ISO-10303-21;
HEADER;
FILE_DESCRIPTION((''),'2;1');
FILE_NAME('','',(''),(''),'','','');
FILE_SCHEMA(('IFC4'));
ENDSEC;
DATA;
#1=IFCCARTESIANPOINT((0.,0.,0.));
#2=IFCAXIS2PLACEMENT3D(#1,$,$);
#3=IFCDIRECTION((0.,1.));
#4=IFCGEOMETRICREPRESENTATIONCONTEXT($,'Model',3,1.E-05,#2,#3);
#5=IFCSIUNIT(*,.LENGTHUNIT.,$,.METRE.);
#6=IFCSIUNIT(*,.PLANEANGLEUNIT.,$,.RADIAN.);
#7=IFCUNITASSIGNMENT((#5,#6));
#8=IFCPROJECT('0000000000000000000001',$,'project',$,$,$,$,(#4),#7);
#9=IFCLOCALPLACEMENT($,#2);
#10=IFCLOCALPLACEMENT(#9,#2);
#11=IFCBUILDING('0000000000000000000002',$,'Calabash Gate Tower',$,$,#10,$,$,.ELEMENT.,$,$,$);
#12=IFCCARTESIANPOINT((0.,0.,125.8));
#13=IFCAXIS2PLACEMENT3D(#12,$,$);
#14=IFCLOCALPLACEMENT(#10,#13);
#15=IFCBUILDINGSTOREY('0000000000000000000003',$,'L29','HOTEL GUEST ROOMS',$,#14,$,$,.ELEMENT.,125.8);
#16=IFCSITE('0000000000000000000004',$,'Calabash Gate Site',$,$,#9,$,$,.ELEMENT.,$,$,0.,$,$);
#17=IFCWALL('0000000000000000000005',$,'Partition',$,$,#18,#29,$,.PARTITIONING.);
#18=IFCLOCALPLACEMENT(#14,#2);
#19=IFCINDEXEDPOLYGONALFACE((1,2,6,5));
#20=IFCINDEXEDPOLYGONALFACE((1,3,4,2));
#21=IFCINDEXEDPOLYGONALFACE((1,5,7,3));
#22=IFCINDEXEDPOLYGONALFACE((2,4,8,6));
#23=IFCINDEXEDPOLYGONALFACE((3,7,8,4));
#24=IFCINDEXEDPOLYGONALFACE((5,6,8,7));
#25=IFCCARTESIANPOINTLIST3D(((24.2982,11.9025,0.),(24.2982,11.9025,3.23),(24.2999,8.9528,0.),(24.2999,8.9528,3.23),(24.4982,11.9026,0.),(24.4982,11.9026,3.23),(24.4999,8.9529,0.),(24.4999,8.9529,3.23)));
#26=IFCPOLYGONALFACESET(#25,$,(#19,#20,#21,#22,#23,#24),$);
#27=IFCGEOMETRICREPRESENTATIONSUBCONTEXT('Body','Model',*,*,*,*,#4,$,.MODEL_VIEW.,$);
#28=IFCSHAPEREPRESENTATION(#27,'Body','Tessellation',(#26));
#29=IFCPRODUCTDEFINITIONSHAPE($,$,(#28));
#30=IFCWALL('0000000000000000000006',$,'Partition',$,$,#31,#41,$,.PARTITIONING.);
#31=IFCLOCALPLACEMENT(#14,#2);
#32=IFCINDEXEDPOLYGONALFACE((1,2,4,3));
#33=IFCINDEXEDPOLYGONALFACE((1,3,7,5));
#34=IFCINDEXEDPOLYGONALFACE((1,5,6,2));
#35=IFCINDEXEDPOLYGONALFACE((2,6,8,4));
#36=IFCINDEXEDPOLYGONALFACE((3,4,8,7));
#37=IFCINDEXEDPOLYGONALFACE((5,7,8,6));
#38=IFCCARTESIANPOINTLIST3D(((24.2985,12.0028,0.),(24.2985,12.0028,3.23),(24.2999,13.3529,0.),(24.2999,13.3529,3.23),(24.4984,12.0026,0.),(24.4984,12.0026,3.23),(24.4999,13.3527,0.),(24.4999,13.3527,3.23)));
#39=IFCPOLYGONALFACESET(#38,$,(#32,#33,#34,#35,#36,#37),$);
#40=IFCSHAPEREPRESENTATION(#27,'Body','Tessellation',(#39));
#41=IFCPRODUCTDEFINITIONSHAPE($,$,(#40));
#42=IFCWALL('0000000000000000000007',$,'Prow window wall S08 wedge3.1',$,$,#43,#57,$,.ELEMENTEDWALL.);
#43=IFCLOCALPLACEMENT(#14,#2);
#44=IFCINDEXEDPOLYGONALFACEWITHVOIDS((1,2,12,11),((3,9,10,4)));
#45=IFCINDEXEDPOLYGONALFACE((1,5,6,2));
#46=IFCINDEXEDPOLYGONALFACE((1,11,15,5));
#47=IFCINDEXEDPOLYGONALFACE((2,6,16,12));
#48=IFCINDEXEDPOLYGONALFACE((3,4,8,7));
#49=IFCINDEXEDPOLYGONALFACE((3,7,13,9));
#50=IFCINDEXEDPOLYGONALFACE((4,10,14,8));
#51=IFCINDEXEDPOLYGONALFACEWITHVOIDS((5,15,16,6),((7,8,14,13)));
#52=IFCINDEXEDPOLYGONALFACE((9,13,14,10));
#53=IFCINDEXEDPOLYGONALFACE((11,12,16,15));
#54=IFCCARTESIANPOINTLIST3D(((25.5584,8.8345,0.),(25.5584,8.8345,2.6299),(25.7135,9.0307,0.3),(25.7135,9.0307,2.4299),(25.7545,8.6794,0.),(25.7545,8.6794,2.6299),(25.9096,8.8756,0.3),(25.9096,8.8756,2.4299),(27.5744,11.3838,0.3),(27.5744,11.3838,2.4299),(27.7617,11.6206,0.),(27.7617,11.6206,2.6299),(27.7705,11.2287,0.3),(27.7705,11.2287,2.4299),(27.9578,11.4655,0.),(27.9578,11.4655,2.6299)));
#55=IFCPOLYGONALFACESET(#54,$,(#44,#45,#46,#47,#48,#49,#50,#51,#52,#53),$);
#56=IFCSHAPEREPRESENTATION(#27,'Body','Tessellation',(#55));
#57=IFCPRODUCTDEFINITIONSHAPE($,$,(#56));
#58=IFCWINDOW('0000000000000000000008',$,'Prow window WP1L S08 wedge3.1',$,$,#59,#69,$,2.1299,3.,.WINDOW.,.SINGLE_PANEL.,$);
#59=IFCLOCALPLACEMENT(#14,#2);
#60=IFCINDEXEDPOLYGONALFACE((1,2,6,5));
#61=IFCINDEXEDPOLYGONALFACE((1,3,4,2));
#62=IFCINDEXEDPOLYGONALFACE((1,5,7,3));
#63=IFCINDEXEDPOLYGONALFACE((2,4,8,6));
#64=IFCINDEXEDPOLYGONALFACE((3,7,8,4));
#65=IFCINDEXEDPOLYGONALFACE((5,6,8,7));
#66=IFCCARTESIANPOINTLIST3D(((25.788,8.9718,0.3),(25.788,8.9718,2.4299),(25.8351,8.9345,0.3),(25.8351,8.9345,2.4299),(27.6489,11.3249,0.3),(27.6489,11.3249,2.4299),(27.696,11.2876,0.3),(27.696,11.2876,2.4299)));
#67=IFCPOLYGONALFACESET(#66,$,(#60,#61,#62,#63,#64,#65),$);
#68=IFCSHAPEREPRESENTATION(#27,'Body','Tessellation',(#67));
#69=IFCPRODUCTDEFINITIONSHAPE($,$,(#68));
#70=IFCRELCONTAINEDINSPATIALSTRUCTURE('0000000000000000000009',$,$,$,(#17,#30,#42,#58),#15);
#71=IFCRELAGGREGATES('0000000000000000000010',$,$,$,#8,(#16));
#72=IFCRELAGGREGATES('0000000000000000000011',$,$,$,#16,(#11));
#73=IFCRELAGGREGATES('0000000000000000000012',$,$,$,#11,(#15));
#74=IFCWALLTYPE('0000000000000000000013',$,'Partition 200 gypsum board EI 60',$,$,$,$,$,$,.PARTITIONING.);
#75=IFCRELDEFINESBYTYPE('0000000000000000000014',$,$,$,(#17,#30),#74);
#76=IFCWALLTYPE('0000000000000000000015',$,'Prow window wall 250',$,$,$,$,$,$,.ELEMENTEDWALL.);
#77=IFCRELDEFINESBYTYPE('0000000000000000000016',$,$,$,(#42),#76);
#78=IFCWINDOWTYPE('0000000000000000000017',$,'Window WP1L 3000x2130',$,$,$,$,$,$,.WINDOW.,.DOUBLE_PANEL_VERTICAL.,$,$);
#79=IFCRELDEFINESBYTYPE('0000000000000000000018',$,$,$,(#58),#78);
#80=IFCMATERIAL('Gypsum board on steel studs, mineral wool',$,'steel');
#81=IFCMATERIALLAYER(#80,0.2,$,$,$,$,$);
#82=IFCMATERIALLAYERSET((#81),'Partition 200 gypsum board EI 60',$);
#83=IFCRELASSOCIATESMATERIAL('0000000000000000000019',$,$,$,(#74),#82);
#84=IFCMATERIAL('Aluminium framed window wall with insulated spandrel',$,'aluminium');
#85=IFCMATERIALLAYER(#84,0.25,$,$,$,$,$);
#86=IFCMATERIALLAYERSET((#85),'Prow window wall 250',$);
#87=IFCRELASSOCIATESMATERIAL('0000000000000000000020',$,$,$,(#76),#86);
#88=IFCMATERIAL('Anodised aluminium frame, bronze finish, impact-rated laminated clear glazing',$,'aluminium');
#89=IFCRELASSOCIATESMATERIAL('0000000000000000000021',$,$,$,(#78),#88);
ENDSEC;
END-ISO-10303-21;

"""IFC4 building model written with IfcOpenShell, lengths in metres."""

from ifc_helpers import new_model, si_unit, direction, frame, frame_2d, origin, place, context, subcontext, project, spatial, rectangle, extrude, material, layer, layer_set, type_object, element, fill, save


model = new_model("IFC4")

# Units and contexts
model_context = context("Model", 3, precision=1e-05, world=origin(), true_north=direction((0.0, 1.0)))
body_context = subcontext(model_context, "Body", "Model", "MODEL_VIEW")
ifc_project = project(units=[si_unit("LENGTHUNIT", "METRE"), si_unit("PLANEANGLEUNIT", "RADIAN")], contexts=[model_context])

# Site, building, storey
site_placement = place(None, origin())
site = spatial("IfcSite", under=ifc_project, at=site_placement, Name="Calabash Gate Site", CompositionType="ELEMENT", RefElevation=0.0)
building_placement = place(site_placement, origin())
building = spatial("IfcBuilding", under=site, at=building_placement, Name="Calabash Gate Tower", CompositionType="ELEMENT")
storey_placement = place(building_placement, frame((0.0, 0.0, 125.8)))
storey = spatial("IfcBuildingStorey", under=building, at=storey_placement, Name="L29", Description="HOTEL GUEST ROOMS", CompositionType="ELEMENT", Elevation=125.8)

# Walls
ifc_material_1 = material(Name="Gypsum board on steel studs, mineral wool", Category="steel")
ifc_layer_1 = layer(ifc_material_1, 0.2)
ifc_layer_set_1 = layer_set([ifc_layer_1], Name="Partition 200 gypsum board EI 60")
wall_type_1 = type_object("IfcWallType", Name="Partition 200 gypsum board EI 60", PredefinedType="PARTITIONING", material=ifc_layer_set_1)
wall_1_placement = place(storey_placement, frame((24.3982, 11.9026, 0.0), z_axis=(0.0, 0.0, 1.0), x_axis=(0.000579, -1.0, 0.0)))
element("IfcWall", 1, at=wall_1_placement, inside=storey, type_object=wall_type_1, Name="Partition", PredefinedType="PARTITIONING", context=body_context, shape_type="SweptSolid", body=[
    extrude(rectangle(XDim=2.9497, YDim=0.2, at=frame_2d((1.4749, 0.0))), origin(), (0.0, 0.0, 1.0), 3.23),
])
wall_2_placement = place(storey_placement, frame((24.3984, 12.0027, 0.0), z_axis=(0.0, 0.0, 1.0), x_axis=(0.001085, 0.999999, 0.0)))
element("IfcWall", 2, at=wall_2_placement, inside=storey, type_object=wall_type_1, Name="Partition", PredefinedType="PARTITIONING", context=body_context, shape_type="SweptSolid", body=[
    extrude(rectangle(XDim=1.3501, YDim=0.2, at=frame_2d((0.675, 0.0))), origin(), (0.0, 0.0, 1.0), 3.23),
])

# Wall, opening, window
ifc_material_2 = material(Name="Aluminium framed window wall with insulated spandrel", Category="aluminium")
ifc_layer_2 = layer(ifc_material_2, 0.25)
ifc_layer_set_2 = layer_set([ifc_layer_2], Name="Prow window wall 250")
wall_type_2 = type_object("IfcWallType", Name="Prow window wall 250", PredefinedType="ELEMENTEDWALL", material=ifc_layer_set_2)
wall_3_placement = place(storey_placement, frame((25.6565, 8.7571, 0.0), z_axis=(0.0, 0.0, 1.0), x_axis=(0.620301, 0.784363, 0.0)))
wall_3 = element("IfcWall", 3, at=wall_3_placement, inside=storey, type_object=wall_type_2, Name="Prow window wall S08 wedge3.1", PredefinedType="ELEMENTEDWALL", context=body_context, shape_type="SweptSolid", body=[
    extrude(rectangle(XDim=3.552, YDim=0.25, at=frame_2d((1.7759, 0.0))), origin(), (0.0, 0.0, 1.0), 2.6299),
])
opening_placement = place(wall_3_placement, frame((0.25, 0.0, 0.3)))
opening = element("IfcOpeningElement", 4, at=opening_placement, cuts=wall_3, PredefinedType="OPENING", context=body_context, shape_type="SweptSolid", body=[
    extrude(rectangle(XDim=3.0, YDim=2.1299, at=frame_2d((1.5, 1.0649))), frame((0.0, 0.135, 0.0), z_axis=(0.0, -1.0, 0.0), x_axis=(1.0, 0.0, 0.0)), (0.0, 0.0, 1.0), 0.27),
])
ifc_material_3 = material(Name="Anodised aluminium frame, bronze finish, impact-rated laminated clear glazing", Category="aluminium")
window_type = type_object("IfcWindowType", Name="Window WP1L 3000x2130", PartitioningType="DOUBLE_PANEL_VERTICAL", PredefinedType="WINDOW", material=ifc_material_3)
window_placement = place(opening_placement, origin())
window = element("IfcWindow", 5, at=window_placement, inside=storey, type_object=window_type, Name="Prow window WP1L S08 wedge3.1", OverallHeight=2.1299, OverallWidth=3.0, PartitioningType="SINGLE_PANEL", PredefinedType="WINDOW", context=body_context, shape_type="SweptSolid", body=[
    extrude(rectangle(XDim=3.0, YDim=2.1299, at=frame_2d((1.5, 1.0649))), frame((0.0, 0.03, 0.0), z_axis=(0.0, -1.0, 0.0), x_axis=(1.0, 0.0, 0.0)), (0.0, 0.0, 1.0), 0.0601),
])
fill(opening, window)

save(model, "model.ifc")
